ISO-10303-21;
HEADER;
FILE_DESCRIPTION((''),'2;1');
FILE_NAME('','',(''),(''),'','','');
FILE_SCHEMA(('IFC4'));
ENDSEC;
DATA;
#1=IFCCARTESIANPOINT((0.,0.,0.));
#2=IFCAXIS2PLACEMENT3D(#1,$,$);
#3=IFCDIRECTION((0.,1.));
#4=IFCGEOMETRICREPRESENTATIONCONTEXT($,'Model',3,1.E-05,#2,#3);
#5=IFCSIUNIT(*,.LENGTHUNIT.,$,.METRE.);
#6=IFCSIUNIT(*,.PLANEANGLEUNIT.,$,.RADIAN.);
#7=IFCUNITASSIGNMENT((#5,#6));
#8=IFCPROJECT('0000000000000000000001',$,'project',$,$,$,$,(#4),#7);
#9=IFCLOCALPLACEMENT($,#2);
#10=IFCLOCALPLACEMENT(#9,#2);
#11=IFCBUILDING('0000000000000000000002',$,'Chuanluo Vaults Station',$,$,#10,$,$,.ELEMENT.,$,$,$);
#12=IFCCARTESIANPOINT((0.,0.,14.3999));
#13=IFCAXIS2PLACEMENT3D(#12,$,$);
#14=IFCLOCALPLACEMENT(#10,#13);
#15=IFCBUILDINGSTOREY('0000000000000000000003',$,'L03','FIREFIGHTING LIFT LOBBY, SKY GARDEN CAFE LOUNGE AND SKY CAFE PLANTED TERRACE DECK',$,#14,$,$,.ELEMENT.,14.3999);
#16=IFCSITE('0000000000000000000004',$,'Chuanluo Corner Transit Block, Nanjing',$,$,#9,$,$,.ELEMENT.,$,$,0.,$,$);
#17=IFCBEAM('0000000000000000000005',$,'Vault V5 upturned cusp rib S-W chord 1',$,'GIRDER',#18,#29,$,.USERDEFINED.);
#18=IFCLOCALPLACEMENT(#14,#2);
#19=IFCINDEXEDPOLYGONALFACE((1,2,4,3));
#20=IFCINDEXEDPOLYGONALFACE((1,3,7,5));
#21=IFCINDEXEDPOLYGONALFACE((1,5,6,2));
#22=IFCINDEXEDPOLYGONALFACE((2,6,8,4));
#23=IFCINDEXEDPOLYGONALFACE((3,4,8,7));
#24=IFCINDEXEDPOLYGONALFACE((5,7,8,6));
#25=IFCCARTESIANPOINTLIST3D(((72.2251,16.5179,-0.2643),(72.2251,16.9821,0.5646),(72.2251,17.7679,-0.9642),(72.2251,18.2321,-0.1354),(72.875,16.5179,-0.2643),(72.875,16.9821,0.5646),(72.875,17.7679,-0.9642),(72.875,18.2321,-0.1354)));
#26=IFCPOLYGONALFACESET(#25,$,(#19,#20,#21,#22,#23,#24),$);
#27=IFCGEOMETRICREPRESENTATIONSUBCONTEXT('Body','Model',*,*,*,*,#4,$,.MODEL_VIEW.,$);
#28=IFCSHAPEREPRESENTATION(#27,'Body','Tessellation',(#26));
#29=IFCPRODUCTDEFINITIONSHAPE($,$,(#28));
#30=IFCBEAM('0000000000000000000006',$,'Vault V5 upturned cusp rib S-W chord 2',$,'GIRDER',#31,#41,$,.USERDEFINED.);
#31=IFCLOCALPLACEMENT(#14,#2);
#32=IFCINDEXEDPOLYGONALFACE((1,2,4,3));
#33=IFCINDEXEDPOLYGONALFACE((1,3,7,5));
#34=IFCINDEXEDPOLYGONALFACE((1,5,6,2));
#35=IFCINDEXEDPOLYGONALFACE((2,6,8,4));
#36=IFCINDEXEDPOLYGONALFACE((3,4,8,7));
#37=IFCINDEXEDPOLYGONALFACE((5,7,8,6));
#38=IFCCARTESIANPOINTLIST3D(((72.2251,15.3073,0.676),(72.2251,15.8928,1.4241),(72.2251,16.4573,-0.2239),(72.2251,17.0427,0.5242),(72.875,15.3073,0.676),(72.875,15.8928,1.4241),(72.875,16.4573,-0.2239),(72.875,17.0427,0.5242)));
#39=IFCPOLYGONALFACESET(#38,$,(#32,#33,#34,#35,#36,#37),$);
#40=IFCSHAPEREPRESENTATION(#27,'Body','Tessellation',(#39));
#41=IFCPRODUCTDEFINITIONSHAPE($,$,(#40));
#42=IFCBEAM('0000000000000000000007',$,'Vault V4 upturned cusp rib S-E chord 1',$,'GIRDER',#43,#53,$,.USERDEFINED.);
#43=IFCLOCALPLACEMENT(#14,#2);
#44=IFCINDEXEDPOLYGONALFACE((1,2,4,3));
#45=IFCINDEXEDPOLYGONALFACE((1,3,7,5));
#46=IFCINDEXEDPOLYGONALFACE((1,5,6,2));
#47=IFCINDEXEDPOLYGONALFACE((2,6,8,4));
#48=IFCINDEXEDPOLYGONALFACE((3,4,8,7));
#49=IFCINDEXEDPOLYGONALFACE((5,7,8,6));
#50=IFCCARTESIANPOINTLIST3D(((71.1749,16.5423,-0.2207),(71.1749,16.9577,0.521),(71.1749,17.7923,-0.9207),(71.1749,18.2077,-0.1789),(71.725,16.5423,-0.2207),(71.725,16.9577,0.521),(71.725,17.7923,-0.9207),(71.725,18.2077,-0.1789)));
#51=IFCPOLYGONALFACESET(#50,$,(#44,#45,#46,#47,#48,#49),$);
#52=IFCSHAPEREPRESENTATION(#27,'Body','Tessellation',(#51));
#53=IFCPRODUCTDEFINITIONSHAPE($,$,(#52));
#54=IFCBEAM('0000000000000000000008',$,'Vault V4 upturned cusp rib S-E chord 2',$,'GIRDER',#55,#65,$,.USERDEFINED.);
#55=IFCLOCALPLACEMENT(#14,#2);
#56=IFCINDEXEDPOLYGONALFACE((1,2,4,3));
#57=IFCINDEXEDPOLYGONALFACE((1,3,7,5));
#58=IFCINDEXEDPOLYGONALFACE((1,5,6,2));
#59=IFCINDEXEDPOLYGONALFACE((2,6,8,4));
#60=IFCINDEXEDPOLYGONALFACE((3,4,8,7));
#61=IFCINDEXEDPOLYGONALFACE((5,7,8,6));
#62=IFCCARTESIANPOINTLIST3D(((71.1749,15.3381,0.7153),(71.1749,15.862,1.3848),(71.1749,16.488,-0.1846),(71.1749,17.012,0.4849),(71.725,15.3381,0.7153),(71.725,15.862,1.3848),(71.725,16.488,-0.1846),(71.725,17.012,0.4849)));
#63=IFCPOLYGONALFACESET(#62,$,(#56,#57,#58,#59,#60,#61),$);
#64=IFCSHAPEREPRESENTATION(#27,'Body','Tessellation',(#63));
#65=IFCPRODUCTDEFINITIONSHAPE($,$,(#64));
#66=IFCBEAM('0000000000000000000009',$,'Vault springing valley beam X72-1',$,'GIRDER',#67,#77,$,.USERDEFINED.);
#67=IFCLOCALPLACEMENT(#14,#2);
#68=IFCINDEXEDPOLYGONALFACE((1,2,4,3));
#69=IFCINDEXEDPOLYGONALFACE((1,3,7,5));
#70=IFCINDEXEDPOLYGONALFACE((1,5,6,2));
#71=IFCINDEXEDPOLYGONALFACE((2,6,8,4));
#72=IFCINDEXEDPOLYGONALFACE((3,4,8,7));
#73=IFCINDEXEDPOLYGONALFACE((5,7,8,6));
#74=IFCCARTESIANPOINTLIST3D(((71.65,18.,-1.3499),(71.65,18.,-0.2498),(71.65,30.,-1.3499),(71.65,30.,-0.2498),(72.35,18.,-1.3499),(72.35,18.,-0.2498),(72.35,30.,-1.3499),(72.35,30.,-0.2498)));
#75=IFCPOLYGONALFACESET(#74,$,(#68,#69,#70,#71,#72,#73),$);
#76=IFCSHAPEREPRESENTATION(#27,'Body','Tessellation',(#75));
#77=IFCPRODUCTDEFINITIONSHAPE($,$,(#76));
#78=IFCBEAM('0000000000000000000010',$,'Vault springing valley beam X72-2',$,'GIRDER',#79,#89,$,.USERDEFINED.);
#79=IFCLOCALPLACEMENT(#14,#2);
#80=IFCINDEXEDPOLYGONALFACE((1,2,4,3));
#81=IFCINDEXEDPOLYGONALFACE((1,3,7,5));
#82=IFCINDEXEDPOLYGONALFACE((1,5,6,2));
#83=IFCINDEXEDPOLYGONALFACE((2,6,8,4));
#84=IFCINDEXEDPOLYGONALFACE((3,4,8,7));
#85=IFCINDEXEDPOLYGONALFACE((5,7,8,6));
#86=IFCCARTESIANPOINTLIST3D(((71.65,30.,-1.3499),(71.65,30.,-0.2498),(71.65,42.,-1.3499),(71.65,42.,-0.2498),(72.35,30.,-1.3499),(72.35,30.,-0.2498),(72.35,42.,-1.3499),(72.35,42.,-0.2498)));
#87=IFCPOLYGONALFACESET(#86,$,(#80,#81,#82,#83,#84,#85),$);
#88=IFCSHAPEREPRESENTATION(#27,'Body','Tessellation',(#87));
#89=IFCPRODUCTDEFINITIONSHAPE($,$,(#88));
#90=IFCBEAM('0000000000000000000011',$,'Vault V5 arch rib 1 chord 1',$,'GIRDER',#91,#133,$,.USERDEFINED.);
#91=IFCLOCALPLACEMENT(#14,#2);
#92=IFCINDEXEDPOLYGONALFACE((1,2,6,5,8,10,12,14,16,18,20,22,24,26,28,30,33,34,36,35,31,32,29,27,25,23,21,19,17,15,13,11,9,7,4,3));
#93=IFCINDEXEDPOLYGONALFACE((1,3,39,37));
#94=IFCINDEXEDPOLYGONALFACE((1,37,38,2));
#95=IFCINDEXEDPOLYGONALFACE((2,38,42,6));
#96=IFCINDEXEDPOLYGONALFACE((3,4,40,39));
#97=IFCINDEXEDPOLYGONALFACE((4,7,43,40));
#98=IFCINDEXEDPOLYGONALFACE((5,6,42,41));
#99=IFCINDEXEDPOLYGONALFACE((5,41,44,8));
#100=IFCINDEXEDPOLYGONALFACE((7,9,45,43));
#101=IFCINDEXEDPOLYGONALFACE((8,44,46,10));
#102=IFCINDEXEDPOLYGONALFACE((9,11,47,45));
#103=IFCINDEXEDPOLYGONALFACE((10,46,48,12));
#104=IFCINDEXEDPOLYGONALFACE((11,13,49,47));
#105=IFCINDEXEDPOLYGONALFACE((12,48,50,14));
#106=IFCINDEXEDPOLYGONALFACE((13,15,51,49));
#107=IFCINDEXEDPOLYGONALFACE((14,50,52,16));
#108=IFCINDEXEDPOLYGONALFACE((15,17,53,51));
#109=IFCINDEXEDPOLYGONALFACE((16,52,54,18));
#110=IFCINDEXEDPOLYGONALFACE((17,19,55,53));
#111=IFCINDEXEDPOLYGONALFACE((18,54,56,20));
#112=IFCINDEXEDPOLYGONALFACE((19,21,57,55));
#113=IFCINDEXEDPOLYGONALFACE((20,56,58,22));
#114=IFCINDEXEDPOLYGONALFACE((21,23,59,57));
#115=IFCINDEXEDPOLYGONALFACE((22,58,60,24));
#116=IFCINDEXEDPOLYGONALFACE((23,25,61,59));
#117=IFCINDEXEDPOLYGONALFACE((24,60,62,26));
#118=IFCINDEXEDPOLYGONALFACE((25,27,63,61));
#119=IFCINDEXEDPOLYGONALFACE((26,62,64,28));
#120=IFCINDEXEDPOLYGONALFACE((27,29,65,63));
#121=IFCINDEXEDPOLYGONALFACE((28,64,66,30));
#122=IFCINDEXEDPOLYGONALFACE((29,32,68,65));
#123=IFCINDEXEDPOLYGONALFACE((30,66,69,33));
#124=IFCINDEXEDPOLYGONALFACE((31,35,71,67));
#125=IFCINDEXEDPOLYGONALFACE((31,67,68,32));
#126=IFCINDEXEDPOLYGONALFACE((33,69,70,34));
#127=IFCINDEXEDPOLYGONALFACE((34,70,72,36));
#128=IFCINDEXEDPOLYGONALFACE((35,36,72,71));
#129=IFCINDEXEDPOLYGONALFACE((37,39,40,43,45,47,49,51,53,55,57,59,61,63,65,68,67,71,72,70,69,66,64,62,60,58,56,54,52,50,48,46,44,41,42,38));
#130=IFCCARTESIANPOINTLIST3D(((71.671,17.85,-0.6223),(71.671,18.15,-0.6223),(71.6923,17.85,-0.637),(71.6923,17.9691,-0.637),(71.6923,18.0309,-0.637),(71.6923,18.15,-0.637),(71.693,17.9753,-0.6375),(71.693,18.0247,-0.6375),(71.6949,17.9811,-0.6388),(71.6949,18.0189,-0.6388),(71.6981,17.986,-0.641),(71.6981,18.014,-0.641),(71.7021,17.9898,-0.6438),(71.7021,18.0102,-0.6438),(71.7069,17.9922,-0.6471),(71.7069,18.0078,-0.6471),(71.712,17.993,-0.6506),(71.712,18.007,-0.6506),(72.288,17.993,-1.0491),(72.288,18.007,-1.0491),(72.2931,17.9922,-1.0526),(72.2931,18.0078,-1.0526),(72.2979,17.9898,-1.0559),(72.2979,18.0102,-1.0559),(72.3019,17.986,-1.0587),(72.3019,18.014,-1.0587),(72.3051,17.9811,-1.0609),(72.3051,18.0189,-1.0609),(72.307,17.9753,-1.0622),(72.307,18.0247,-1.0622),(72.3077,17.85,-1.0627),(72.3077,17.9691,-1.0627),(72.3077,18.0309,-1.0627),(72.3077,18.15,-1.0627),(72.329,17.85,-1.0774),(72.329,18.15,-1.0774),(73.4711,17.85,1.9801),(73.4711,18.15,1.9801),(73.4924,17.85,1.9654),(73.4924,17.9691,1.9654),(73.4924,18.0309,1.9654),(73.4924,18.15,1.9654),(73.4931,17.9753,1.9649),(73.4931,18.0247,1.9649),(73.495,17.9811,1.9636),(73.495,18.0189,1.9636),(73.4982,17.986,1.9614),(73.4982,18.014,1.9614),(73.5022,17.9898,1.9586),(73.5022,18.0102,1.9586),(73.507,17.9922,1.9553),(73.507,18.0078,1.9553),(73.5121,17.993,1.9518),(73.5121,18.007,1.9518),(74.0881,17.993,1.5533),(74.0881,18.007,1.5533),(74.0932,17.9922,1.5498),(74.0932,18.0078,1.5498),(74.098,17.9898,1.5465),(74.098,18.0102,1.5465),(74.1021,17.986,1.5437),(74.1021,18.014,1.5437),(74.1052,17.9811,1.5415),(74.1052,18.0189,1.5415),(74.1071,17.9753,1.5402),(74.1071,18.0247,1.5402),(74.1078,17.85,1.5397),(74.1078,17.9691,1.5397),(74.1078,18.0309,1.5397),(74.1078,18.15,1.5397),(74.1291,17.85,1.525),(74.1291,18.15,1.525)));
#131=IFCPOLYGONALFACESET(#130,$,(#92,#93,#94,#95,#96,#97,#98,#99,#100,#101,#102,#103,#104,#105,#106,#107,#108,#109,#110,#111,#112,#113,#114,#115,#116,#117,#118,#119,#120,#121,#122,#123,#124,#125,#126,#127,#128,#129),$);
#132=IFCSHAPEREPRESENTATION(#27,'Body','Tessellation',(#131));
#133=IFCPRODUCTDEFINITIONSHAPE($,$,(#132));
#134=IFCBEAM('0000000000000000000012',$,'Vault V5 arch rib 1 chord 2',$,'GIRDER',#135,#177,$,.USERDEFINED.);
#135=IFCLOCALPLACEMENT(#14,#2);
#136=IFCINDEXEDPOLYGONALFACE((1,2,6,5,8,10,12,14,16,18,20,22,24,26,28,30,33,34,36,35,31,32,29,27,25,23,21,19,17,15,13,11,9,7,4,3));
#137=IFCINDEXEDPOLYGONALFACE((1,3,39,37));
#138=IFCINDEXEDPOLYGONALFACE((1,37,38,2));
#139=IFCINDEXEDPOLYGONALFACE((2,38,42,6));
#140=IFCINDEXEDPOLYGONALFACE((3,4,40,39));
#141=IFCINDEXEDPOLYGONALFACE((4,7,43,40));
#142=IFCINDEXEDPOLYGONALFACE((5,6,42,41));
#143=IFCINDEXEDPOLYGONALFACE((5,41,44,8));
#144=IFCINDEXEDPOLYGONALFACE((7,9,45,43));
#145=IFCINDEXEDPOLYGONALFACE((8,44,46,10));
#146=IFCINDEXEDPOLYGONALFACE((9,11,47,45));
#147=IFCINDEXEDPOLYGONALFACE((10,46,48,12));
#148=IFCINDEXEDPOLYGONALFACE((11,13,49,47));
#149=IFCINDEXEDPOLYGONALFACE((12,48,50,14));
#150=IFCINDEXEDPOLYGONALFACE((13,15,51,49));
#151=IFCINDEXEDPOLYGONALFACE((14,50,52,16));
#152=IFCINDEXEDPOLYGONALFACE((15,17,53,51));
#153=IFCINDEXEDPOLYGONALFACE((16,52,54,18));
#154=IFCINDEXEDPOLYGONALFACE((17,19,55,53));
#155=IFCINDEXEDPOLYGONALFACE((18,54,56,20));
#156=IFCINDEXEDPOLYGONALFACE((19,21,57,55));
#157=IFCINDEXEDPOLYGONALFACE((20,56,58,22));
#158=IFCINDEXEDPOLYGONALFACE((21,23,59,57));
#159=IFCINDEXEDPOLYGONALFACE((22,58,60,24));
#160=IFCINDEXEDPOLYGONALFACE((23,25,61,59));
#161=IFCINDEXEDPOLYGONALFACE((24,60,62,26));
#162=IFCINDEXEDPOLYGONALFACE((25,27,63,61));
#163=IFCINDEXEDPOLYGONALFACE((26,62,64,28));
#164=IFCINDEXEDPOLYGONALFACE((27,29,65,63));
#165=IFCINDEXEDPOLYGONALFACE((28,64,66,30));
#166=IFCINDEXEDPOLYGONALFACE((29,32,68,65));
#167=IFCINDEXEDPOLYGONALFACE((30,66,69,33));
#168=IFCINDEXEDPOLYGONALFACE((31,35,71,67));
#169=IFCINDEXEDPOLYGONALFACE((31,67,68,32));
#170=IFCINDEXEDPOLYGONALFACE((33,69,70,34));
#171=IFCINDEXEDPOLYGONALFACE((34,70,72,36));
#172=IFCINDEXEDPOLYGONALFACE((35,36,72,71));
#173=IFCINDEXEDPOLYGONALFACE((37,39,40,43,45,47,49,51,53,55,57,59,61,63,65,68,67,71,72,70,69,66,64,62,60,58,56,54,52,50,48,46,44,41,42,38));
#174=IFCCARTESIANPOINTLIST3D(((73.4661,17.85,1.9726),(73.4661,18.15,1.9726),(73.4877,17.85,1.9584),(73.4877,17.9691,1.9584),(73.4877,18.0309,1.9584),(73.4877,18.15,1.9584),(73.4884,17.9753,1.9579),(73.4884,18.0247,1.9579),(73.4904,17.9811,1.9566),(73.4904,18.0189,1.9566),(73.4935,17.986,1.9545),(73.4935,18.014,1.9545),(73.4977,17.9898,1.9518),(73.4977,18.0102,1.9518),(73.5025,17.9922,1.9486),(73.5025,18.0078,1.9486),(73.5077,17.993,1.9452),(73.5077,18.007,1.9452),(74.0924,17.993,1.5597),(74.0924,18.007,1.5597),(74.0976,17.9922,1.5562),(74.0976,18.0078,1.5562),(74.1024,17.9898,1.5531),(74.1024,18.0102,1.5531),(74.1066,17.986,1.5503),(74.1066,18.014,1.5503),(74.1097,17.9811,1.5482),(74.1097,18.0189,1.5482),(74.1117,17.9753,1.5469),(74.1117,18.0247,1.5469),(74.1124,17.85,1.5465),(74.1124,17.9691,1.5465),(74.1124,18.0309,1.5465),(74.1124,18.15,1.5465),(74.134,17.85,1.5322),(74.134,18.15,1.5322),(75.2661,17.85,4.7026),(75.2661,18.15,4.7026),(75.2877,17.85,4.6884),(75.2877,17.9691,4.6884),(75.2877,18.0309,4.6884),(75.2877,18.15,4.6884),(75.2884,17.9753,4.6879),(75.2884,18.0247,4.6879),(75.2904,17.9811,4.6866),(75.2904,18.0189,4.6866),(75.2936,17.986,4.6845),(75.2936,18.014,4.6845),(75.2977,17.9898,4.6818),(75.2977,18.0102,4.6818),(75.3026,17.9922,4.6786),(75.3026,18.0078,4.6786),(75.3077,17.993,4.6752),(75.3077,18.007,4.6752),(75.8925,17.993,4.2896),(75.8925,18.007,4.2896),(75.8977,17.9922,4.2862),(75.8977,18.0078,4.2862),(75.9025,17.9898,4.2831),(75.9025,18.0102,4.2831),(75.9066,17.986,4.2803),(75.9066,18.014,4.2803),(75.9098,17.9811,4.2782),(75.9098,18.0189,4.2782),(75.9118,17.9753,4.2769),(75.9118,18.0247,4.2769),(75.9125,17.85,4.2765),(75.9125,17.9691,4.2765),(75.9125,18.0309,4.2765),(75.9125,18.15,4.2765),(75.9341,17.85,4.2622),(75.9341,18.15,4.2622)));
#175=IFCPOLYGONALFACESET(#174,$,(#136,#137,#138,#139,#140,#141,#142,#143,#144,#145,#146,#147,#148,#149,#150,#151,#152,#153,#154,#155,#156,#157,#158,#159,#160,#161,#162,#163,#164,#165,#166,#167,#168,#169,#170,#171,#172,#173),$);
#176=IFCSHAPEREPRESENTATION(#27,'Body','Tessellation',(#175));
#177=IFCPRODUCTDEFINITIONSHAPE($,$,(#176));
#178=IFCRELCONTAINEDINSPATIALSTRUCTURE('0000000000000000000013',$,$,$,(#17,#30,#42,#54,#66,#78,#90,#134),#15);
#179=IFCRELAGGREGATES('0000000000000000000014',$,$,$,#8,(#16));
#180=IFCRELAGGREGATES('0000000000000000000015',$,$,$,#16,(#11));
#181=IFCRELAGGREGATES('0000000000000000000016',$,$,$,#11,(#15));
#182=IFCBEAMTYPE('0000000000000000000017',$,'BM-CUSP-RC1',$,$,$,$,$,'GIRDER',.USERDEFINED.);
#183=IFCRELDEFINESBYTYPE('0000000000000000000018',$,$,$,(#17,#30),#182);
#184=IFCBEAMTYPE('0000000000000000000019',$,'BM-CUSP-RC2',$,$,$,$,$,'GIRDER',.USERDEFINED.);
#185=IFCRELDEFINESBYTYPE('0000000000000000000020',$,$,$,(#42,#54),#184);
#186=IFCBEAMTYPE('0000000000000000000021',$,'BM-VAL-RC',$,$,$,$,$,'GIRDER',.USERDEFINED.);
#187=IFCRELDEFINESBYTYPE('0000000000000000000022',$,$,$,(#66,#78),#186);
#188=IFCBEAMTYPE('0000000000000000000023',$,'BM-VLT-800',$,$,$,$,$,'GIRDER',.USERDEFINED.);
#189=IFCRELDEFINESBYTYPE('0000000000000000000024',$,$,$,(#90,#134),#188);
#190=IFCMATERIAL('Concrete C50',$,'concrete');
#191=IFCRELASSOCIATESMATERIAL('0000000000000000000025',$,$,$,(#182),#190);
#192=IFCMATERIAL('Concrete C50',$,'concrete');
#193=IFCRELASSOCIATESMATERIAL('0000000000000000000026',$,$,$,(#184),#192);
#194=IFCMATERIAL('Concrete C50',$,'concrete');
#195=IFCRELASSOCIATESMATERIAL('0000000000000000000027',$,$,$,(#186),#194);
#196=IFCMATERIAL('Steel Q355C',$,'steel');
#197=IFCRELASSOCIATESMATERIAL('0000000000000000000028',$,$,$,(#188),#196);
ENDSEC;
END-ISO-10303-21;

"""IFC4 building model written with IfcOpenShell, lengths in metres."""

from ifc_helpers import new_model, si_unit, direction, frame, origin, origin_2d, place, context, subcontext, project, spatial, rectangle, i_section, extrude, material, material_profile, profile_set, type_object, element, save


model = new_model("IFC4")

# Units and contexts
model_context = context("Model", 3, precision=1e-05, world=origin(), true_north=direction((0.0, 1.0)))
body_context = subcontext(model_context, "Body", "Model", "MODEL_VIEW")
ifc_project = project(units=[si_unit("LENGTHUNIT", "METRE"), si_unit("PLANEANGLEUNIT", "RADIAN")], contexts=[model_context])

# Site, building, storey
site_placement = place(None, origin())
site = spatial("IfcSite", under=ifc_project, at=site_placement, Name="Chuanluo Corner Transit Block, Nanjing", CompositionType="ELEMENT", RefElevation=0.0)
building_placement = place(site_placement, origin())
building = spatial("IfcBuilding", under=site, at=building_placement, Name="Chuanluo Vaults Station", CompositionType="ELEMENT")
storey_placement = place(building_placement, frame((0.0, 0.0, 14.3999)))
storey = spatial("IfcBuildingStorey", under=building, at=storey_placement, Name="L03", Description="FIREFIGHTING LIFT LOBBY, SKY GARDEN CAFE LOUNGE AND SKY CAFE PLANTED TERRACE DECK", CompositionType="ELEMENT", Elevation=14.3999)

# Beams
ifc_material_1 = material(Name="Concrete C50", Category="concrete")
ifc_material_profile_1 = material_profile(ifc_material_1, rectangle(XDim=0.6499, YDim=0.95, at=origin_2d()))
ifc_profile_set_1 = profile_set([ifc_material_profile_1], Name="Concrete C50")
beam_type_1 = type_object("IfcBeamType", Name="BM-CUSP-RC1", ElementType="GIRDER", PredefinedType="USERDEFINED", material=ifc_profile_set_1)
beam_1_placement = place(storey_placement, frame((72.55, 18.0, -0.5498), z_axis=(0.0, -0.872521, 0.488577), x_axis=(1.0, 0.0, 0.0)))
element("IfcBeam", 1, at=beam_1_placement, inside=storey, type_object=beam_type_1, Name="Vault V5 upturned cusp rib S-W chord 1", ObjectType="GIRDER", PredefinedType="USERDEFINED", context=body_context, shape_type="SweptSolid", body=[
    extrude(rectangle(XDim=0.6499, YDim=0.95, at=origin_2d()), origin(), (0.0, 0.0, 1.0), 1.4326),
])
beam_2_placement = place(storey_placement, frame((72.55, 16.75, 0.1501), z_axis=(0.0, -0.787512, 0.616299), x_axis=(1.0, 0.0, 0.0)))
element("IfcBeam", 2, at=beam_2_placement, inside=storey, type_object=beam_type_1, Name="Vault V5 upturned cusp rib S-W chord 2", ObjectType="GIRDER", PredefinedType="USERDEFINED", context=body_context, shape_type="SweptSolid", body=[
    extrude(rectangle(XDim=0.6499, YDim=0.95, at=origin_2d()), origin(), (0.0, 0.0, 1.0), 1.4602),
])
ifc_material_2 = material(Name="Concrete C50", Category="concrete")
ifc_material_profile_2 = material_profile(ifc_material_2, rectangle(XDim=0.55, YDim=0.8501, at=origin_2d()))
ifc_profile_set_2 = profile_set([ifc_material_profile_2], Name="Concrete C50")
beam_type_2 = type_object("IfcBeamType", Name="BM-CUSP-RC2", ElementType="GIRDER", PredefinedType="USERDEFINED", material=ifc_profile_set_2)
beam_3_placement = place(storey_placement, frame((71.45, 18.0, -0.5498), z_axis=(0.0, -0.872521, 0.488577), x_axis=(1.0, 0.0, 0.0)))
element("IfcBeam", 3, at=beam_3_placement, inside=storey, type_object=beam_type_2, Name="Vault V4 upturned cusp rib S-E chord 1", ObjectType="GIRDER", PredefinedType="USERDEFINED", context=body_context, shape_type="SweptSolid", body=[
    extrude(rectangle(XDim=0.55, YDim=0.8501, at=origin_2d()), origin(), (0.0, 0.0, 1.0), 1.4326),
])
beam_4_placement = place(storey_placement, frame((71.45, 16.75, 0.1501), z_axis=(0.0, -0.787512, 0.616299), x_axis=(1.0, 0.0, 0.0)))
element("IfcBeam", 4, at=beam_4_placement, inside=storey, type_object=beam_type_2, Name="Vault V4 upturned cusp rib S-E chord 2", ObjectType="GIRDER", PredefinedType="USERDEFINED", context=body_context, shape_type="SweptSolid", body=[
    extrude(rectangle(XDim=0.55, YDim=0.8501, at=origin_2d()), origin(), (0.0, 0.0, 1.0), 1.4602),
])
ifc_material_3 = material(Name="Concrete C50", Category="concrete")
ifc_material_profile_3 = material_profile(ifc_material_3, rectangle(XDim=0.7, YDim=1.1001, at=origin_2d()))
ifc_profile_set_3 = profile_set([ifc_material_profile_3], Name="Concrete C50")
beam_type_3 = type_object("IfcBeamType", Name="BM-VAL-RC", ElementType="GIRDER", PredefinedType="USERDEFINED", material=ifc_profile_set_3)
for number, where, z_axis, x_axis, name in (
    (5, (72.0, 18.0, -0.7998), (0.0, 1.0, 0.0), (-1.0, 0.0, 0.0), "Vault springing valley beam X72-1"),
    (6, (72.0, 30.0, -0.7998), (0.0, 1.0, 0.0), (-1.0, 0.0, 0.0), "Vault springing valley beam X72-2"),
):
    element("IfcBeam", number, at=place(storey_placement, frame(where, z_axis=z_axis, x_axis=x_axis)), inside=storey, type_object=beam_type_3, Name=name, ObjectType="GIRDER", PredefinedType="USERDEFINED", context=body_context, shape_type="SweptSolid", body=[
        extrude(rectangle(XDim=0.7, YDim=1.1001, at=origin_2d()), origin(), (0.0, 0.0, 1.0), 12.0),
    ])
ifc_material_4 = material(Name="Steel Q355C", Category="steel")
ifc_material_profile_4 = material_profile(ifc_material_4, i_section(OverallWidth=0.3, OverallDepth=0.8, WebThickness=0.0139, FlangeThickness=0.0259, FilletRadius=0.0239, at=origin_2d()))
ifc_profile_set_4 = profile_set([ifc_material_profile_4], Name="Steel Q355C")
beam_type_4 = type_object("IfcBeamType", Name="BM-VLT-800", ElementType="GIRDER", PredefinedType="USERDEFINED", material=ifc_profile_set_4)
beam_5_placement = place(storey_placement, frame((72.0, 18.0, -0.8499), z_axis=(0.568881, 0.0, 0.82242), x_axis=(0.0, 1.0, 0.0)))
element("IfcBeam", 7, at=beam_5_placement, inside=storey, type_object=beam_type_4, Name="Vault V5 arch rib 1 chord 1", ObjectType="GIRDER", PredefinedType="USERDEFINED", context=body_context, shape_type="SweptSolid", body=[
    extrude(i_section(OverallWidth=0.3, OverallDepth=0.8, WebThickness=0.0139, FlangeThickness=0.0259, FilletRadius=0.0239, at=origin_2d()), origin(), (0.0, 0.0, 1.0), 3.1643),
])
beam_6_placement = place(storey_placement, frame((73.8, 18.0, 1.7524), z_axis=(0.550472, 0.0, 0.834854), x_axis=(0.0, 1.0, 0.0)))
element("IfcBeam", 8, at=beam_6_placement, inside=storey, type_object=beam_type_4, Name="Vault V5 arch rib 1 chord 2", ObjectType="GIRDER", PredefinedType="USERDEFINED", context=body_context, shape_type="SweptSolid", body=[
    extrude(i_section(OverallWidth=0.3, OverallDepth=0.8, WebThickness=0.0139, FlangeThickness=0.0259, FilletRadius=0.0239, at=origin_2d()), origin(), (0.0, 0.0, 1.0), 3.27),
])

save(model, "model.ifc")
